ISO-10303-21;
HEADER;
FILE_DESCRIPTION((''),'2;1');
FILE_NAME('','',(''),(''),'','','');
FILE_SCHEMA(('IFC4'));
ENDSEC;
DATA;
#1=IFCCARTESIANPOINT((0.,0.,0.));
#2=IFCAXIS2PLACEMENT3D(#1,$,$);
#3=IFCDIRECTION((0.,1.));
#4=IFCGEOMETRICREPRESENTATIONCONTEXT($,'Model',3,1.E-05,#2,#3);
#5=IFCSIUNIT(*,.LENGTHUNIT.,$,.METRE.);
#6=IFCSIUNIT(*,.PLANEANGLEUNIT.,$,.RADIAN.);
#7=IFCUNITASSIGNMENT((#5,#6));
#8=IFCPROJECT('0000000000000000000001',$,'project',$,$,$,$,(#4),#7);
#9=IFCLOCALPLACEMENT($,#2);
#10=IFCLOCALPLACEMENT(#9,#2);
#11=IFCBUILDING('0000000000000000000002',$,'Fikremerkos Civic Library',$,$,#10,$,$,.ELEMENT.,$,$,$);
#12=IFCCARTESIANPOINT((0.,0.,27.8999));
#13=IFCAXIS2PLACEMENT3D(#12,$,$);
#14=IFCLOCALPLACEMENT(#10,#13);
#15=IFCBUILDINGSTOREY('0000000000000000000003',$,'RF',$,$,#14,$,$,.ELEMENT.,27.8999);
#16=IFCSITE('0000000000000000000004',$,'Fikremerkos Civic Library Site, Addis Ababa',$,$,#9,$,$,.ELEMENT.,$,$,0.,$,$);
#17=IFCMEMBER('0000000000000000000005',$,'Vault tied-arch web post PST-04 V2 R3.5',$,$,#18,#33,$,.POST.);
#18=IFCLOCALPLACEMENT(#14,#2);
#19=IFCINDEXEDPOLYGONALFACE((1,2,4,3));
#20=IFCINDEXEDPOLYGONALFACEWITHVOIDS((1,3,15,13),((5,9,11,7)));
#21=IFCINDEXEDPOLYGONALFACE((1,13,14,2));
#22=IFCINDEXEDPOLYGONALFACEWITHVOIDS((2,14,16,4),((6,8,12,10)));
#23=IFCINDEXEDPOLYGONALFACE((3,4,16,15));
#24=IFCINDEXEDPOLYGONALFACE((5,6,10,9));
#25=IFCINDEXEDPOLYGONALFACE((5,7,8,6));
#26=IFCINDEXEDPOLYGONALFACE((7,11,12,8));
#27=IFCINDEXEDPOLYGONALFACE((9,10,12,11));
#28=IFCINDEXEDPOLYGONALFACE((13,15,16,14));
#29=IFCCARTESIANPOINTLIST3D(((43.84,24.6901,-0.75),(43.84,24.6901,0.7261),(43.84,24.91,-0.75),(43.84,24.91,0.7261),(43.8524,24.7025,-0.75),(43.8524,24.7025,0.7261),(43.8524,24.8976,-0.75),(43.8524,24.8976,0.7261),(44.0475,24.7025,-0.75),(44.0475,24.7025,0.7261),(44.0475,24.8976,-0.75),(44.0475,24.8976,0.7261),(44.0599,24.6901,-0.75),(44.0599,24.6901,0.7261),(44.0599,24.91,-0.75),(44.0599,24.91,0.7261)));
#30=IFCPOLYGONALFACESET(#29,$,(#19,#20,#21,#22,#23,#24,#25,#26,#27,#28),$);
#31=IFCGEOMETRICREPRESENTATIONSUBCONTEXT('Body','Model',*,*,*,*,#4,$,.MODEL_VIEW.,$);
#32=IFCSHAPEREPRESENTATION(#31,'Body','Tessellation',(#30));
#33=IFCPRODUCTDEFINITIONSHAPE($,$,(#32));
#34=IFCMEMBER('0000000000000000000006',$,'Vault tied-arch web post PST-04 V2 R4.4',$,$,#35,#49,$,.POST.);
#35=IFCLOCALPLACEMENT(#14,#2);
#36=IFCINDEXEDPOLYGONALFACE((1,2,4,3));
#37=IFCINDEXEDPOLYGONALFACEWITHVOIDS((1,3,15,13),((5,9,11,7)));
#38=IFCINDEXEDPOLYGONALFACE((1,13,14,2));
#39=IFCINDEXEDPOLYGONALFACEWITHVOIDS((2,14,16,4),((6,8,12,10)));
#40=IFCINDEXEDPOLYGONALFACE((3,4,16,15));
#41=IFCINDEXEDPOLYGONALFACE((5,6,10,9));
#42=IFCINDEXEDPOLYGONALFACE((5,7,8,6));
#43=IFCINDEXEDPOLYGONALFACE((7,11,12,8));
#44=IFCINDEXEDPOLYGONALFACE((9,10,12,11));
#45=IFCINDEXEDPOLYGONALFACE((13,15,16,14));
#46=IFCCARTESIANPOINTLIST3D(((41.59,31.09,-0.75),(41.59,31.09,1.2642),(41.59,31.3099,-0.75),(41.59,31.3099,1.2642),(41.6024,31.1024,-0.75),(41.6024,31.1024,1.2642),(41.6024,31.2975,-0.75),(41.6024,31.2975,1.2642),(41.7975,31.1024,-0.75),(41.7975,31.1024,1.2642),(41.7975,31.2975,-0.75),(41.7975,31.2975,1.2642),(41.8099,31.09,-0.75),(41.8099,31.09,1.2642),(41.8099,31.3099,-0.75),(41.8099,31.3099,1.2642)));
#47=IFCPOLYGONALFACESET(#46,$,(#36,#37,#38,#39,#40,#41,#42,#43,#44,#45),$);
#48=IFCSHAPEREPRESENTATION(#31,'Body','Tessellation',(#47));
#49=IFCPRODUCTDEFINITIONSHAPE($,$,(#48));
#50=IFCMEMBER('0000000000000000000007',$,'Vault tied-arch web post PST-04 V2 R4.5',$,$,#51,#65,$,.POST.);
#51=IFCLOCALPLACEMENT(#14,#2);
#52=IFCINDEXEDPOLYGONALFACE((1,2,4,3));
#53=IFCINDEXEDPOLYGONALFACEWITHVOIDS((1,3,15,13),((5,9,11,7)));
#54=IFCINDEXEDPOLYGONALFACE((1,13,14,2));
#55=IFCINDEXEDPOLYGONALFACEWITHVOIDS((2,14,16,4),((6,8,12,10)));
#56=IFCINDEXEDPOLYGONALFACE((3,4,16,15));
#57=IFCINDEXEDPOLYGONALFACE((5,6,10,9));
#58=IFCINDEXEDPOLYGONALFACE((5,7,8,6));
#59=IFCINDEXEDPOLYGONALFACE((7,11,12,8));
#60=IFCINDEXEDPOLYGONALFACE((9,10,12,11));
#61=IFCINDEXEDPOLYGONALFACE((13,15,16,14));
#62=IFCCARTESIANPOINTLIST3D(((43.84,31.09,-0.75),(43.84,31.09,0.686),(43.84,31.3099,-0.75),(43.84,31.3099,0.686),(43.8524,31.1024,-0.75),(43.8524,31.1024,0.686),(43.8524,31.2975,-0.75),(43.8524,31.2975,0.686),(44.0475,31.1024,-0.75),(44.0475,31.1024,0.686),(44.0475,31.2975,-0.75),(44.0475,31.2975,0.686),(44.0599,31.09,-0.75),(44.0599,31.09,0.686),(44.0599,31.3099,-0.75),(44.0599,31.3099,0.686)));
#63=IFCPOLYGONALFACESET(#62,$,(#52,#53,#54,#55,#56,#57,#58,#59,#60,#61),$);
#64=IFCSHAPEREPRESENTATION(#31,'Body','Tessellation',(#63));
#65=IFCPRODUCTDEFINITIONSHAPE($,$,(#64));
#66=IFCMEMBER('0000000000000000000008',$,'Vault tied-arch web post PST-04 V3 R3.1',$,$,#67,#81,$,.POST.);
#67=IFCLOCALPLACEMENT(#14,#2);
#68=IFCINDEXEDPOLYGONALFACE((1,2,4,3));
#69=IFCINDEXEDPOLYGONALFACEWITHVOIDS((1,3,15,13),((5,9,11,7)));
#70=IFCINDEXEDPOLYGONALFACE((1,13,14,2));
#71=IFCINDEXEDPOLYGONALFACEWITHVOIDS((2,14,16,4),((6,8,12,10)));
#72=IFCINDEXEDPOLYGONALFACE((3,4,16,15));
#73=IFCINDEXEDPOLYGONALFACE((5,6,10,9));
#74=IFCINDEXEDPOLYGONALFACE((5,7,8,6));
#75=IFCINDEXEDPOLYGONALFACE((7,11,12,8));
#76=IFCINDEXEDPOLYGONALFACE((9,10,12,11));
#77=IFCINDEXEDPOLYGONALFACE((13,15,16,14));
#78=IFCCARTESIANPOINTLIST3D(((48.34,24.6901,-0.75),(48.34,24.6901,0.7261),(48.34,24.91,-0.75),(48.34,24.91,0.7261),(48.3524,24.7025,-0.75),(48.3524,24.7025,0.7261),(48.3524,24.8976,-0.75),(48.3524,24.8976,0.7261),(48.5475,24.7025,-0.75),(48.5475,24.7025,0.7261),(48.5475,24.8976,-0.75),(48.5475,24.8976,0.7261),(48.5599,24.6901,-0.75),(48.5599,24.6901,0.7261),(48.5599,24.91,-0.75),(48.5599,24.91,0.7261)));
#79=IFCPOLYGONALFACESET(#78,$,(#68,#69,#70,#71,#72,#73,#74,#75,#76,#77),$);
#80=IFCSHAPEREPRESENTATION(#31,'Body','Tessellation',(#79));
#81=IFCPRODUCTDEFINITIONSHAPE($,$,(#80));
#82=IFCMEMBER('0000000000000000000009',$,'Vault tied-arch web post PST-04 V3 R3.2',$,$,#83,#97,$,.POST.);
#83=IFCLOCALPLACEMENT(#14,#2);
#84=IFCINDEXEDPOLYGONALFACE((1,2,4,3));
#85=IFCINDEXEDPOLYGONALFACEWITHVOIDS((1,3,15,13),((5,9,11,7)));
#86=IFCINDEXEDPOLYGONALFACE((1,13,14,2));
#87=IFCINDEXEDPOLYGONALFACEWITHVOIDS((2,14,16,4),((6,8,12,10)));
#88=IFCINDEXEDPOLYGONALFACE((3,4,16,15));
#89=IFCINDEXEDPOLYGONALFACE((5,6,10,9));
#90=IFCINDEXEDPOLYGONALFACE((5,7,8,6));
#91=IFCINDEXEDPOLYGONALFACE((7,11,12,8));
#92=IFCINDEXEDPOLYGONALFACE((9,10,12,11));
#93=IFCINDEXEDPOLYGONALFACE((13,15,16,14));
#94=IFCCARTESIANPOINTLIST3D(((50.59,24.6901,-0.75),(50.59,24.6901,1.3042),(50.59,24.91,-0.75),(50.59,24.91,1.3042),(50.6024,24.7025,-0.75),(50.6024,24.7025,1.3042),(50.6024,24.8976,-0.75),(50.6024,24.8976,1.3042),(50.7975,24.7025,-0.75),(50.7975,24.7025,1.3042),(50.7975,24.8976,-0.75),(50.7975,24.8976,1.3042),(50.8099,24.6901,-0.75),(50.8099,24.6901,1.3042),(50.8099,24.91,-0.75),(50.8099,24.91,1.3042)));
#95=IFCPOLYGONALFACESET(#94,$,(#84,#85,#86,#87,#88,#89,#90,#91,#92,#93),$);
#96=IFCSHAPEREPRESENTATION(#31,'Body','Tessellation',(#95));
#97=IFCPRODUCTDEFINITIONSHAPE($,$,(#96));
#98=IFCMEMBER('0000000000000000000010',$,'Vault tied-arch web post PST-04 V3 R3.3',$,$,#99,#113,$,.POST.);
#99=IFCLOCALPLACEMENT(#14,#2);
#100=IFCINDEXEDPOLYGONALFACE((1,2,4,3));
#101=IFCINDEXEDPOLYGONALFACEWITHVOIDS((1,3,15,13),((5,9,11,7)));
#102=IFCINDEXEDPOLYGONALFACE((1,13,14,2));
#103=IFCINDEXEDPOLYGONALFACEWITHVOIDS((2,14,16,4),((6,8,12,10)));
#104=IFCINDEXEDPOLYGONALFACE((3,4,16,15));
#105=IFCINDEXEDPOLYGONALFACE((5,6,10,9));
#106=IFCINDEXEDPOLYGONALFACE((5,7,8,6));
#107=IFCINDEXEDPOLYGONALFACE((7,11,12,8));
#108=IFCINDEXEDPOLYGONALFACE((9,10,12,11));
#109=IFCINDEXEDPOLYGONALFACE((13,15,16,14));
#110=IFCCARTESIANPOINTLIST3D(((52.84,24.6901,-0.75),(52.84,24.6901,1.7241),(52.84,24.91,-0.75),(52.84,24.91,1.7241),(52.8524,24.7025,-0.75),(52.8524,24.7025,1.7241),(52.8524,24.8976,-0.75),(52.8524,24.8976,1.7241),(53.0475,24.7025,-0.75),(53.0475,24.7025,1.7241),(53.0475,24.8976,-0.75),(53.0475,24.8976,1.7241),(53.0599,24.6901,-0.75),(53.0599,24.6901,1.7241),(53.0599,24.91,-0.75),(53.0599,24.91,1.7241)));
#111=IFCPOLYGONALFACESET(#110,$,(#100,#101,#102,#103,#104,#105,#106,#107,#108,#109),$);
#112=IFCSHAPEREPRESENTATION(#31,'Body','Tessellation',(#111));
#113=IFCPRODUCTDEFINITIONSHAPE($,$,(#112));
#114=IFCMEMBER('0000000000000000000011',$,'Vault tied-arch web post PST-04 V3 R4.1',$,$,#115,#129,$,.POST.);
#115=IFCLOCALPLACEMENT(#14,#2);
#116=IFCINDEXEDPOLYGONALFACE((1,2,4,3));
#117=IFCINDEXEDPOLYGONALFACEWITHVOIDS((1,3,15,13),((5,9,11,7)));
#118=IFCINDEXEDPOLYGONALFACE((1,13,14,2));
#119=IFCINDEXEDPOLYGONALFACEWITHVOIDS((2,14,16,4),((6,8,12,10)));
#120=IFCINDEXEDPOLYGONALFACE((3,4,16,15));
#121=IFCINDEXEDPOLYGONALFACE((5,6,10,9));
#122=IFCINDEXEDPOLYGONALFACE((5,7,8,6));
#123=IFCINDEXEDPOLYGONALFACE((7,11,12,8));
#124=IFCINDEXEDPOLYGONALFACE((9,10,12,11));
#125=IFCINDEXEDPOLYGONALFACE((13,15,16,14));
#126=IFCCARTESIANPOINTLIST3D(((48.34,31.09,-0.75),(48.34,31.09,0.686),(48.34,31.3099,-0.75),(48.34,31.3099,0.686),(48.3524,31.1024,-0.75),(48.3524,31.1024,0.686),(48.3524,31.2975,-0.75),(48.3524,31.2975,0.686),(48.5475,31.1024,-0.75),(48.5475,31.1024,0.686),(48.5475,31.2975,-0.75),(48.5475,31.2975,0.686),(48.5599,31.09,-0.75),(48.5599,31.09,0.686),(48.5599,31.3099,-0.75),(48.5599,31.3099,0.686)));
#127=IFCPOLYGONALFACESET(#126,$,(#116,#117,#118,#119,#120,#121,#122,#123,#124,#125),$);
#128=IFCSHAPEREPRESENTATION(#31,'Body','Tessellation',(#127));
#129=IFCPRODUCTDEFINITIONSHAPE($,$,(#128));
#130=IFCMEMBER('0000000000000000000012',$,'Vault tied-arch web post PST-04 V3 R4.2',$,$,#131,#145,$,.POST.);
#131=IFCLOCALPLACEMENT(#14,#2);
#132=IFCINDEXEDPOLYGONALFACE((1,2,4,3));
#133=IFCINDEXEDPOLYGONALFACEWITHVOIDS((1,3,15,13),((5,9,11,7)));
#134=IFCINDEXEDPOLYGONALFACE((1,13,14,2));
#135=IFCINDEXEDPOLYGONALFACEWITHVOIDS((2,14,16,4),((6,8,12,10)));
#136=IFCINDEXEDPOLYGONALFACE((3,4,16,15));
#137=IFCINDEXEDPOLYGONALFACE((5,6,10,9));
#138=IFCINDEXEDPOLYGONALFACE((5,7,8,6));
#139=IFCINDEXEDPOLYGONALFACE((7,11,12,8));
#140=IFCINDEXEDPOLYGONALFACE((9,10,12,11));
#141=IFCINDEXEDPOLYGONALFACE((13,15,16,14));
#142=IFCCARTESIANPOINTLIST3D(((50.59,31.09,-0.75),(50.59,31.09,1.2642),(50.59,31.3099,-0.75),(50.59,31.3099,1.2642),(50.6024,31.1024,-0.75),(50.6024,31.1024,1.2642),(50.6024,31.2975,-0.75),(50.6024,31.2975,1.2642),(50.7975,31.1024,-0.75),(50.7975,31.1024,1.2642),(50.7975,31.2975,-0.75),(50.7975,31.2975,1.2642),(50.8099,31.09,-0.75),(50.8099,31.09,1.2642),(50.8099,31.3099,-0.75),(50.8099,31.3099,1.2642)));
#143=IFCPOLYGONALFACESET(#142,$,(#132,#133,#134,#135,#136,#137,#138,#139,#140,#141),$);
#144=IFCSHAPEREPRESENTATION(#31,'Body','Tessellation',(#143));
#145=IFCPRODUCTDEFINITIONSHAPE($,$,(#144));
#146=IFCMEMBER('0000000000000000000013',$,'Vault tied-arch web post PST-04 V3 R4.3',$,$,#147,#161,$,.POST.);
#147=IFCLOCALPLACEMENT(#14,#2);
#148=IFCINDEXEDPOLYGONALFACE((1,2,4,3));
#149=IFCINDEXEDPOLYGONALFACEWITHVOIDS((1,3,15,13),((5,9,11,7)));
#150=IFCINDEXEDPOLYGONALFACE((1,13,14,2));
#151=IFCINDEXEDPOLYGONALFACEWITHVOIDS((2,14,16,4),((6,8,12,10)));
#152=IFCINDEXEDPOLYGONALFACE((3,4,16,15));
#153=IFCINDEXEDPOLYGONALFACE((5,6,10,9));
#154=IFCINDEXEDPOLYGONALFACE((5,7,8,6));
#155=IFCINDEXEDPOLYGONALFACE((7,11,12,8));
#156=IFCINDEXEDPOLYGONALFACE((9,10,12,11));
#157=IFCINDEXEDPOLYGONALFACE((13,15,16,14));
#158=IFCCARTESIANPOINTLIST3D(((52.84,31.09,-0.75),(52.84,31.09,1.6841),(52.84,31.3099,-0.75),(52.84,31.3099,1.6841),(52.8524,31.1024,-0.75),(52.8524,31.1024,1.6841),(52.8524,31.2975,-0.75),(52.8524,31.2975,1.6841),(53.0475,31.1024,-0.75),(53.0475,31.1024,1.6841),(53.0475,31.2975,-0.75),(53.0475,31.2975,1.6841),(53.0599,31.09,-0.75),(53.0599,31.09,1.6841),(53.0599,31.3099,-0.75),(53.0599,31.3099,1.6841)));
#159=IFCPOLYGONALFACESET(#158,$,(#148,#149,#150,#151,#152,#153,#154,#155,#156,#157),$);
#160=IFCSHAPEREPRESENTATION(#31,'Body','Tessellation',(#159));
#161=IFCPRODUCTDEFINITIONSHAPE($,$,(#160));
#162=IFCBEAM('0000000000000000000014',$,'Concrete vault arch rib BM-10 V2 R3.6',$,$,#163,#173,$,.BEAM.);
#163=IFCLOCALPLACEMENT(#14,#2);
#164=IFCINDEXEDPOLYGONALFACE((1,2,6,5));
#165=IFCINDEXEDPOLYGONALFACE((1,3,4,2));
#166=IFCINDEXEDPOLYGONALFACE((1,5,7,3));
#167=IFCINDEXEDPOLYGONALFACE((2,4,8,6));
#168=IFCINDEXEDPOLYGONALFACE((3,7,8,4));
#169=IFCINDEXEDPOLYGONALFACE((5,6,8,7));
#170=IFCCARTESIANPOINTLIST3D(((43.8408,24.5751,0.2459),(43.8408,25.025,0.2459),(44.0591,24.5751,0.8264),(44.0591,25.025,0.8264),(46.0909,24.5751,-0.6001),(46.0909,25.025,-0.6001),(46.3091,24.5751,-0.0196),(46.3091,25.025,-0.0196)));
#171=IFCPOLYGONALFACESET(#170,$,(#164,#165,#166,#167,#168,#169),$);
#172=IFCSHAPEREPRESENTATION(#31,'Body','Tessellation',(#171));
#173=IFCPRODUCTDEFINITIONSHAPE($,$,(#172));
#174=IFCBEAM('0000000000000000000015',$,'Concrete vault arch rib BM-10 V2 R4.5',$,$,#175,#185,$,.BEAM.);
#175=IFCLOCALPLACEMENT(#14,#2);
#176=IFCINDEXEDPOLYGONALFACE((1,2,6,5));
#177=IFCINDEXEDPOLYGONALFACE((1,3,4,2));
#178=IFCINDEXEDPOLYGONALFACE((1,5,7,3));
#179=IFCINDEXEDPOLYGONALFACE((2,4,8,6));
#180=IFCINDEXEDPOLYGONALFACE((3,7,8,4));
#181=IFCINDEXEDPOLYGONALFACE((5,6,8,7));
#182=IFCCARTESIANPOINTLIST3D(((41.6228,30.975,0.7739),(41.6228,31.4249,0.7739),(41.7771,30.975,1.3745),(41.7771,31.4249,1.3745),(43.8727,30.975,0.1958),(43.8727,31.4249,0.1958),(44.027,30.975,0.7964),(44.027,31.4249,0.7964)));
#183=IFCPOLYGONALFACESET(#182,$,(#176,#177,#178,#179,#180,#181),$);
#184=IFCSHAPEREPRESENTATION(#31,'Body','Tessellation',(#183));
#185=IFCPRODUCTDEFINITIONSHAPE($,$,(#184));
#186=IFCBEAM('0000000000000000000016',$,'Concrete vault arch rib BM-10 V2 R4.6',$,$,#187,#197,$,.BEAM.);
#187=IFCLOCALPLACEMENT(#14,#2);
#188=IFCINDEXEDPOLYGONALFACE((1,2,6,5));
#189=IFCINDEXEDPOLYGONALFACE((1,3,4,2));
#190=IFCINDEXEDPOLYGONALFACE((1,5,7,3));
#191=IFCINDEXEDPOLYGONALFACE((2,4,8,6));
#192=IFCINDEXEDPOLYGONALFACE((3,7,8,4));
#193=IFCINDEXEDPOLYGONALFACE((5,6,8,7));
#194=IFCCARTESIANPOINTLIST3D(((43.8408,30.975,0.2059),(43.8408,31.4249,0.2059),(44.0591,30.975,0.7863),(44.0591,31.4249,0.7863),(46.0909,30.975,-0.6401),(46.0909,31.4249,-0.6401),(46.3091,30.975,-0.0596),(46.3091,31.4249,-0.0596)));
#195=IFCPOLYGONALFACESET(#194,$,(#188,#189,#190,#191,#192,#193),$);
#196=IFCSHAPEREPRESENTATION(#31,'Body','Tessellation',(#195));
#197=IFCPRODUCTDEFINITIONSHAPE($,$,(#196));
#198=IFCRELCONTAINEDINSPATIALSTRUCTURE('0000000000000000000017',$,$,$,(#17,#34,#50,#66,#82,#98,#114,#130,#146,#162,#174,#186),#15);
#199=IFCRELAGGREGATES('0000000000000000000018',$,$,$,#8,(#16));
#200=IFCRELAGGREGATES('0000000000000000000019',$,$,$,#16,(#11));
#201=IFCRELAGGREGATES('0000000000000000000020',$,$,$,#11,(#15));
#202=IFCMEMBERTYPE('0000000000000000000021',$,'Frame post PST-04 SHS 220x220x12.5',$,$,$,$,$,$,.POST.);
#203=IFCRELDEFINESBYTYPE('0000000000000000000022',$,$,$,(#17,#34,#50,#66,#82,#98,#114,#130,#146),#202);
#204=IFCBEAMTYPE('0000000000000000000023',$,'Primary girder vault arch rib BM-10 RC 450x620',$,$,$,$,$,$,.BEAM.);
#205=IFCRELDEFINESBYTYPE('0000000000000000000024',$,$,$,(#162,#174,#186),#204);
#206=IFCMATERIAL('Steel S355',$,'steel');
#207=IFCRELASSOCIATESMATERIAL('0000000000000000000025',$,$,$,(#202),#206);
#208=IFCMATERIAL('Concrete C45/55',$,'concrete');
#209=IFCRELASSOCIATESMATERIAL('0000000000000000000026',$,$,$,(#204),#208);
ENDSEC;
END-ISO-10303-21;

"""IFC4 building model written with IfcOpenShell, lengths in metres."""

from ifc_helpers import new_model, si_unit, direction, frame, origin, origin_2d, place, context, subcontext, project, spatial, rectangle, hollow_rectangle, extrude, material, material_profile, profile_set, type_object, element, save


model = new_model("IFC4")

# Units and contexts
model_context = context("Model", 3, precision=1e-05, world=origin(), true_north=direction((0.0, 1.0)))
body_context = subcontext(model_context, "Body", "Model", "MODEL_VIEW")
ifc_project = project(units=[si_unit("LENGTHUNIT", "METRE"), si_unit("PLANEANGLEUNIT", "RADIAN")], contexts=[model_context])

# Site, building, storey
site_placement = place(None, origin())
site = spatial("IfcSite", under=ifc_project, at=site_placement, Name="Fikremerkos Civic Library Site, Addis Ababa", CompositionType="ELEMENT", RefElevation=0.0)
building_placement = place(site_placement, origin())
building = spatial("IfcBuilding", under=site, at=building_placement, Name="Fikremerkos Civic Library", CompositionType="ELEMENT")
storey_placement = place(building_placement, frame((0.0, 0.0, 27.8999)))
storey = spatial("IfcBuildingStorey", under=building, at=storey_placement, Name="RF", CompositionType="ELEMENT", Elevation=27.8999)

# Members
ifc_material_1 = material(Name="Steel S355", Category="steel")
ifc_material_profile_1 = material_profile(ifc_material_1, hollow_rectangle(XDim=0.22, YDim=0.22, WallThickness=0.0125, at=origin_2d()), Name="SHS 220x220x12.5")
ifc_profile_set_1 = profile_set([ifc_material_profile_1], Name="Steel S355")
member_type = type_object("IfcMemberType", Name="Frame post PST-04 SHS 220x220x12.5", PredefinedType="POST", material=ifc_profile_set_1)
member_1_placement = place(storey_placement, frame((43.95, 24.8, -0.75), z_axis=(0.0, 0.0, 1.0), x_axis=(1.0, 0.0, 0.0)))
element("IfcMember", 1, at=member_1_placement, inside=storey, type_object=member_type, Name="Vault tied-arch web post PST-04 V2 R3.5", PredefinedType="POST", context=body_context, shape_type="SweptSolid", body=[
    extrude(hollow_rectangle(XDim=0.22, YDim=0.22, WallThickness=0.0125, at=origin_2d()), origin(), (0.0, 0.0, 1.0), 1.4761),
])
member_2_placement = place(storey_placement, frame((41.7, 31.2, -0.75), z_axis=(0.0, 0.0, 1.0), x_axis=(1.0, 0.0, 0.0)))
element("IfcMember", 2, at=member_2_placement, inside=storey, type_object=member_type, Name="Vault tied-arch web post PST-04 V2 R4.4", PredefinedType="POST", context=body_context, shape_type="SweptSolid", body=[
    extrude(hollow_rectangle(XDim=0.22, YDim=0.22, WallThickness=0.0125, at=origin_2d()), origin(), (0.0, 0.0, 1.0), 2.0142),
])
member_3_placement = place(storey_placement, frame((43.95, 31.2, -0.75), z_axis=(0.0, 0.0, 1.0), x_axis=(1.0, 0.0, 0.0)))
element("IfcMember", 3, at=member_3_placement, inside=storey, type_object=member_type, Name="Vault tied-arch web post PST-04 V2 R4.5", PredefinedType="POST", context=body_context, shape_type="SweptSolid", body=[
    extrude(hollow_rectangle(XDim=0.22, YDim=0.22, WallThickness=0.0125, at=origin_2d()), origin(), (0.0, 0.0, 1.0), 1.436),
])
member_4_placement = place(storey_placement, frame((48.45, 24.8, -0.75), z_axis=(0.0, 0.0, 1.0), x_axis=(1.0, 0.0, 0.0)))
element("IfcMember", 4, at=member_4_placement, inside=storey, type_object=member_type, Name="Vault tied-arch web post PST-04 V3 R3.1", PredefinedType="POST", context=body_context, shape_type="SweptSolid", body=[
    extrude(hollow_rectangle(XDim=0.22, YDim=0.22, WallThickness=0.0125, at=origin_2d()), origin(), (0.0, 0.0, 1.0), 1.4761),
])
member_5_placement = place(storey_placement, frame((50.7, 24.8, -0.75), z_axis=(0.0, 0.0, 1.0), x_axis=(1.0, 0.0, 0.0)))
element("IfcMember", 5, at=member_5_placement, inside=storey, type_object=member_type, Name="Vault tied-arch web post PST-04 V3 R3.2", PredefinedType="POST", context=body_context, shape_type="SweptSolid", body=[
    extrude(hollow_rectangle(XDim=0.22, YDim=0.22, WallThickness=0.0125, at=origin_2d()), origin(), (0.0, 0.0, 1.0), 2.0542),
])
member_6_placement = place(storey_placement, frame((52.95, 24.8, -0.75), z_axis=(0.0, 0.0, 1.0), x_axis=(1.0, 0.0, 0.0)))
element("IfcMember", 6, at=member_6_placement, inside=storey, type_object=member_type, Name="Vault tied-arch web post PST-04 V3 R3.3", PredefinedType="POST", context=body_context, shape_type="SweptSolid", body=[
    extrude(hollow_rectangle(XDim=0.22, YDim=0.22, WallThickness=0.0125, at=origin_2d()), origin(), (0.0, 0.0, 1.0), 2.4741),
])
member_7_placement = place(storey_placement, frame((48.45, 31.2, -0.75), z_axis=(0.0, 0.0, 1.0), x_axis=(1.0, 0.0, 0.0)))
element("IfcMember", 7, at=member_7_placement, inside=storey, type_object=member_type, Name="Vault tied-arch web post PST-04 V3 R4.1", PredefinedType="POST", context=body_context, shape_type="SweptSolid", body=[
    extrude(hollow_rectangle(XDim=0.22, YDim=0.22, WallThickness=0.0125, at=origin_2d()), origin(), (0.0, 0.0, 1.0), 1.436),
])
member_8_placement = place(storey_placement, frame((50.7, 31.2, -0.75), z_axis=(0.0, 0.0, 1.0), x_axis=(1.0, 0.0, 0.0)))
element("IfcMember", 8, at=member_8_placement, inside=storey, type_object=member_type, Name="Vault tied-arch web post PST-04 V3 R4.2", PredefinedType="POST", context=body_context, shape_type="SweptSolid", body=[
    extrude(hollow_rectangle(XDim=0.22, YDim=0.22, WallThickness=0.0125, at=origin_2d()), origin(), (0.0, 0.0, 1.0), 2.0142),
])
member_9_placement = place(storey_placement, frame((52.95, 31.2, -0.75), z_axis=(0.0, 0.0, 1.0), x_axis=(1.0, 0.0, 0.0)))
element("IfcMember", 9, at=member_9_placement, inside=storey, type_object=member_type, Name="Vault tied-arch web post PST-04 V3 R4.3", PredefinedType="POST", context=body_context, shape_type="SweptSolid", body=[
    extrude(hollow_rectangle(XDim=0.22, YDim=0.22, WallThickness=0.0125, at=origin_2d()), origin(), (0.0, 0.0, 1.0), 2.4341),
])

# Beams
ifc_material_2 = material(Name="Concrete C45/55", Category="concrete")
ifc_material_profile_2 = material_profile(ifc_material_2, rectangle(XDim=0.45, YDim=0.6201, at=origin_2d()), Name="RC 450x620")
ifc_profile_set_2 = profile_set([ifc_material_profile_2], Name="Concrete C45/55")
beam_type_1 = type_object("IfcBeamType", Name="Primary girder vault arch rib BM-10 RC 450x620", PredefinedType="BEAM", material=ifc_profile_set_2)
beam_1_placement = place(storey_placement, frame((43.95, 24.8, 0.5361), z_axis=(0.936028, 0.0, -0.351925), x_axis=(0.0, 1.0, 0.0)))
element("IfcBeam", 10, at=beam_1_placement, inside=storey, type_object=beam_type_1, Name="Concrete vault arch rib BM-10 V2 R3.6", PredefinedType="BEAM", context=body_context, shape_type="SweptSolid", body=[
    extrude(rectangle(XDim=0.45, YDim=0.6201, at=origin_2d()), origin(), (0.0, 0.0, 1.0), 2.4038),
])
beam_2_placement = place(storey_placement, frame((41.7, 31.2, 1.0742), z_axis=(0.968539, 0.0, -0.248861), x_axis=(0.0, 1.0, 0.0)))
element("IfcBeam", 11, at=beam_2_placement, inside=storey, type_object=beam_type_1, Name="Concrete vault arch rib BM-10 V2 R4.5", PredefinedType="BEAM", context=body_context, shape_type="SweptSolid", body=[
    extrude(rectangle(XDim=0.45, YDim=0.6201, at=origin_2d()), origin(), (0.0, 0.0, 1.0), 2.323),
])
for number, where, z_axis, x_axis, name in (
    (12, (43.95, 31.2, 0.4961), (0.936028, 0.0, -0.351925), (0.0, 1.0, 0.0), "Concrete vault arch rib BM-10 V2 R4.6"),
):
    element("IfcBeam", number, at=place(storey_placement, frame(where, z_axis=z_axis, x_axis=x_axis)), inside=storey, type_object=beam_type_1, Name=name, PredefinedType="BEAM", context=body_context, shape_type="SweptSolid", body=[
        extrude(rectangle(XDim=0.45, YDim=0.6201, at=origin_2d()), origin(), (0.0, 0.0, 1.0), 2.4038),
    ])

save(model, "model.ifc")
